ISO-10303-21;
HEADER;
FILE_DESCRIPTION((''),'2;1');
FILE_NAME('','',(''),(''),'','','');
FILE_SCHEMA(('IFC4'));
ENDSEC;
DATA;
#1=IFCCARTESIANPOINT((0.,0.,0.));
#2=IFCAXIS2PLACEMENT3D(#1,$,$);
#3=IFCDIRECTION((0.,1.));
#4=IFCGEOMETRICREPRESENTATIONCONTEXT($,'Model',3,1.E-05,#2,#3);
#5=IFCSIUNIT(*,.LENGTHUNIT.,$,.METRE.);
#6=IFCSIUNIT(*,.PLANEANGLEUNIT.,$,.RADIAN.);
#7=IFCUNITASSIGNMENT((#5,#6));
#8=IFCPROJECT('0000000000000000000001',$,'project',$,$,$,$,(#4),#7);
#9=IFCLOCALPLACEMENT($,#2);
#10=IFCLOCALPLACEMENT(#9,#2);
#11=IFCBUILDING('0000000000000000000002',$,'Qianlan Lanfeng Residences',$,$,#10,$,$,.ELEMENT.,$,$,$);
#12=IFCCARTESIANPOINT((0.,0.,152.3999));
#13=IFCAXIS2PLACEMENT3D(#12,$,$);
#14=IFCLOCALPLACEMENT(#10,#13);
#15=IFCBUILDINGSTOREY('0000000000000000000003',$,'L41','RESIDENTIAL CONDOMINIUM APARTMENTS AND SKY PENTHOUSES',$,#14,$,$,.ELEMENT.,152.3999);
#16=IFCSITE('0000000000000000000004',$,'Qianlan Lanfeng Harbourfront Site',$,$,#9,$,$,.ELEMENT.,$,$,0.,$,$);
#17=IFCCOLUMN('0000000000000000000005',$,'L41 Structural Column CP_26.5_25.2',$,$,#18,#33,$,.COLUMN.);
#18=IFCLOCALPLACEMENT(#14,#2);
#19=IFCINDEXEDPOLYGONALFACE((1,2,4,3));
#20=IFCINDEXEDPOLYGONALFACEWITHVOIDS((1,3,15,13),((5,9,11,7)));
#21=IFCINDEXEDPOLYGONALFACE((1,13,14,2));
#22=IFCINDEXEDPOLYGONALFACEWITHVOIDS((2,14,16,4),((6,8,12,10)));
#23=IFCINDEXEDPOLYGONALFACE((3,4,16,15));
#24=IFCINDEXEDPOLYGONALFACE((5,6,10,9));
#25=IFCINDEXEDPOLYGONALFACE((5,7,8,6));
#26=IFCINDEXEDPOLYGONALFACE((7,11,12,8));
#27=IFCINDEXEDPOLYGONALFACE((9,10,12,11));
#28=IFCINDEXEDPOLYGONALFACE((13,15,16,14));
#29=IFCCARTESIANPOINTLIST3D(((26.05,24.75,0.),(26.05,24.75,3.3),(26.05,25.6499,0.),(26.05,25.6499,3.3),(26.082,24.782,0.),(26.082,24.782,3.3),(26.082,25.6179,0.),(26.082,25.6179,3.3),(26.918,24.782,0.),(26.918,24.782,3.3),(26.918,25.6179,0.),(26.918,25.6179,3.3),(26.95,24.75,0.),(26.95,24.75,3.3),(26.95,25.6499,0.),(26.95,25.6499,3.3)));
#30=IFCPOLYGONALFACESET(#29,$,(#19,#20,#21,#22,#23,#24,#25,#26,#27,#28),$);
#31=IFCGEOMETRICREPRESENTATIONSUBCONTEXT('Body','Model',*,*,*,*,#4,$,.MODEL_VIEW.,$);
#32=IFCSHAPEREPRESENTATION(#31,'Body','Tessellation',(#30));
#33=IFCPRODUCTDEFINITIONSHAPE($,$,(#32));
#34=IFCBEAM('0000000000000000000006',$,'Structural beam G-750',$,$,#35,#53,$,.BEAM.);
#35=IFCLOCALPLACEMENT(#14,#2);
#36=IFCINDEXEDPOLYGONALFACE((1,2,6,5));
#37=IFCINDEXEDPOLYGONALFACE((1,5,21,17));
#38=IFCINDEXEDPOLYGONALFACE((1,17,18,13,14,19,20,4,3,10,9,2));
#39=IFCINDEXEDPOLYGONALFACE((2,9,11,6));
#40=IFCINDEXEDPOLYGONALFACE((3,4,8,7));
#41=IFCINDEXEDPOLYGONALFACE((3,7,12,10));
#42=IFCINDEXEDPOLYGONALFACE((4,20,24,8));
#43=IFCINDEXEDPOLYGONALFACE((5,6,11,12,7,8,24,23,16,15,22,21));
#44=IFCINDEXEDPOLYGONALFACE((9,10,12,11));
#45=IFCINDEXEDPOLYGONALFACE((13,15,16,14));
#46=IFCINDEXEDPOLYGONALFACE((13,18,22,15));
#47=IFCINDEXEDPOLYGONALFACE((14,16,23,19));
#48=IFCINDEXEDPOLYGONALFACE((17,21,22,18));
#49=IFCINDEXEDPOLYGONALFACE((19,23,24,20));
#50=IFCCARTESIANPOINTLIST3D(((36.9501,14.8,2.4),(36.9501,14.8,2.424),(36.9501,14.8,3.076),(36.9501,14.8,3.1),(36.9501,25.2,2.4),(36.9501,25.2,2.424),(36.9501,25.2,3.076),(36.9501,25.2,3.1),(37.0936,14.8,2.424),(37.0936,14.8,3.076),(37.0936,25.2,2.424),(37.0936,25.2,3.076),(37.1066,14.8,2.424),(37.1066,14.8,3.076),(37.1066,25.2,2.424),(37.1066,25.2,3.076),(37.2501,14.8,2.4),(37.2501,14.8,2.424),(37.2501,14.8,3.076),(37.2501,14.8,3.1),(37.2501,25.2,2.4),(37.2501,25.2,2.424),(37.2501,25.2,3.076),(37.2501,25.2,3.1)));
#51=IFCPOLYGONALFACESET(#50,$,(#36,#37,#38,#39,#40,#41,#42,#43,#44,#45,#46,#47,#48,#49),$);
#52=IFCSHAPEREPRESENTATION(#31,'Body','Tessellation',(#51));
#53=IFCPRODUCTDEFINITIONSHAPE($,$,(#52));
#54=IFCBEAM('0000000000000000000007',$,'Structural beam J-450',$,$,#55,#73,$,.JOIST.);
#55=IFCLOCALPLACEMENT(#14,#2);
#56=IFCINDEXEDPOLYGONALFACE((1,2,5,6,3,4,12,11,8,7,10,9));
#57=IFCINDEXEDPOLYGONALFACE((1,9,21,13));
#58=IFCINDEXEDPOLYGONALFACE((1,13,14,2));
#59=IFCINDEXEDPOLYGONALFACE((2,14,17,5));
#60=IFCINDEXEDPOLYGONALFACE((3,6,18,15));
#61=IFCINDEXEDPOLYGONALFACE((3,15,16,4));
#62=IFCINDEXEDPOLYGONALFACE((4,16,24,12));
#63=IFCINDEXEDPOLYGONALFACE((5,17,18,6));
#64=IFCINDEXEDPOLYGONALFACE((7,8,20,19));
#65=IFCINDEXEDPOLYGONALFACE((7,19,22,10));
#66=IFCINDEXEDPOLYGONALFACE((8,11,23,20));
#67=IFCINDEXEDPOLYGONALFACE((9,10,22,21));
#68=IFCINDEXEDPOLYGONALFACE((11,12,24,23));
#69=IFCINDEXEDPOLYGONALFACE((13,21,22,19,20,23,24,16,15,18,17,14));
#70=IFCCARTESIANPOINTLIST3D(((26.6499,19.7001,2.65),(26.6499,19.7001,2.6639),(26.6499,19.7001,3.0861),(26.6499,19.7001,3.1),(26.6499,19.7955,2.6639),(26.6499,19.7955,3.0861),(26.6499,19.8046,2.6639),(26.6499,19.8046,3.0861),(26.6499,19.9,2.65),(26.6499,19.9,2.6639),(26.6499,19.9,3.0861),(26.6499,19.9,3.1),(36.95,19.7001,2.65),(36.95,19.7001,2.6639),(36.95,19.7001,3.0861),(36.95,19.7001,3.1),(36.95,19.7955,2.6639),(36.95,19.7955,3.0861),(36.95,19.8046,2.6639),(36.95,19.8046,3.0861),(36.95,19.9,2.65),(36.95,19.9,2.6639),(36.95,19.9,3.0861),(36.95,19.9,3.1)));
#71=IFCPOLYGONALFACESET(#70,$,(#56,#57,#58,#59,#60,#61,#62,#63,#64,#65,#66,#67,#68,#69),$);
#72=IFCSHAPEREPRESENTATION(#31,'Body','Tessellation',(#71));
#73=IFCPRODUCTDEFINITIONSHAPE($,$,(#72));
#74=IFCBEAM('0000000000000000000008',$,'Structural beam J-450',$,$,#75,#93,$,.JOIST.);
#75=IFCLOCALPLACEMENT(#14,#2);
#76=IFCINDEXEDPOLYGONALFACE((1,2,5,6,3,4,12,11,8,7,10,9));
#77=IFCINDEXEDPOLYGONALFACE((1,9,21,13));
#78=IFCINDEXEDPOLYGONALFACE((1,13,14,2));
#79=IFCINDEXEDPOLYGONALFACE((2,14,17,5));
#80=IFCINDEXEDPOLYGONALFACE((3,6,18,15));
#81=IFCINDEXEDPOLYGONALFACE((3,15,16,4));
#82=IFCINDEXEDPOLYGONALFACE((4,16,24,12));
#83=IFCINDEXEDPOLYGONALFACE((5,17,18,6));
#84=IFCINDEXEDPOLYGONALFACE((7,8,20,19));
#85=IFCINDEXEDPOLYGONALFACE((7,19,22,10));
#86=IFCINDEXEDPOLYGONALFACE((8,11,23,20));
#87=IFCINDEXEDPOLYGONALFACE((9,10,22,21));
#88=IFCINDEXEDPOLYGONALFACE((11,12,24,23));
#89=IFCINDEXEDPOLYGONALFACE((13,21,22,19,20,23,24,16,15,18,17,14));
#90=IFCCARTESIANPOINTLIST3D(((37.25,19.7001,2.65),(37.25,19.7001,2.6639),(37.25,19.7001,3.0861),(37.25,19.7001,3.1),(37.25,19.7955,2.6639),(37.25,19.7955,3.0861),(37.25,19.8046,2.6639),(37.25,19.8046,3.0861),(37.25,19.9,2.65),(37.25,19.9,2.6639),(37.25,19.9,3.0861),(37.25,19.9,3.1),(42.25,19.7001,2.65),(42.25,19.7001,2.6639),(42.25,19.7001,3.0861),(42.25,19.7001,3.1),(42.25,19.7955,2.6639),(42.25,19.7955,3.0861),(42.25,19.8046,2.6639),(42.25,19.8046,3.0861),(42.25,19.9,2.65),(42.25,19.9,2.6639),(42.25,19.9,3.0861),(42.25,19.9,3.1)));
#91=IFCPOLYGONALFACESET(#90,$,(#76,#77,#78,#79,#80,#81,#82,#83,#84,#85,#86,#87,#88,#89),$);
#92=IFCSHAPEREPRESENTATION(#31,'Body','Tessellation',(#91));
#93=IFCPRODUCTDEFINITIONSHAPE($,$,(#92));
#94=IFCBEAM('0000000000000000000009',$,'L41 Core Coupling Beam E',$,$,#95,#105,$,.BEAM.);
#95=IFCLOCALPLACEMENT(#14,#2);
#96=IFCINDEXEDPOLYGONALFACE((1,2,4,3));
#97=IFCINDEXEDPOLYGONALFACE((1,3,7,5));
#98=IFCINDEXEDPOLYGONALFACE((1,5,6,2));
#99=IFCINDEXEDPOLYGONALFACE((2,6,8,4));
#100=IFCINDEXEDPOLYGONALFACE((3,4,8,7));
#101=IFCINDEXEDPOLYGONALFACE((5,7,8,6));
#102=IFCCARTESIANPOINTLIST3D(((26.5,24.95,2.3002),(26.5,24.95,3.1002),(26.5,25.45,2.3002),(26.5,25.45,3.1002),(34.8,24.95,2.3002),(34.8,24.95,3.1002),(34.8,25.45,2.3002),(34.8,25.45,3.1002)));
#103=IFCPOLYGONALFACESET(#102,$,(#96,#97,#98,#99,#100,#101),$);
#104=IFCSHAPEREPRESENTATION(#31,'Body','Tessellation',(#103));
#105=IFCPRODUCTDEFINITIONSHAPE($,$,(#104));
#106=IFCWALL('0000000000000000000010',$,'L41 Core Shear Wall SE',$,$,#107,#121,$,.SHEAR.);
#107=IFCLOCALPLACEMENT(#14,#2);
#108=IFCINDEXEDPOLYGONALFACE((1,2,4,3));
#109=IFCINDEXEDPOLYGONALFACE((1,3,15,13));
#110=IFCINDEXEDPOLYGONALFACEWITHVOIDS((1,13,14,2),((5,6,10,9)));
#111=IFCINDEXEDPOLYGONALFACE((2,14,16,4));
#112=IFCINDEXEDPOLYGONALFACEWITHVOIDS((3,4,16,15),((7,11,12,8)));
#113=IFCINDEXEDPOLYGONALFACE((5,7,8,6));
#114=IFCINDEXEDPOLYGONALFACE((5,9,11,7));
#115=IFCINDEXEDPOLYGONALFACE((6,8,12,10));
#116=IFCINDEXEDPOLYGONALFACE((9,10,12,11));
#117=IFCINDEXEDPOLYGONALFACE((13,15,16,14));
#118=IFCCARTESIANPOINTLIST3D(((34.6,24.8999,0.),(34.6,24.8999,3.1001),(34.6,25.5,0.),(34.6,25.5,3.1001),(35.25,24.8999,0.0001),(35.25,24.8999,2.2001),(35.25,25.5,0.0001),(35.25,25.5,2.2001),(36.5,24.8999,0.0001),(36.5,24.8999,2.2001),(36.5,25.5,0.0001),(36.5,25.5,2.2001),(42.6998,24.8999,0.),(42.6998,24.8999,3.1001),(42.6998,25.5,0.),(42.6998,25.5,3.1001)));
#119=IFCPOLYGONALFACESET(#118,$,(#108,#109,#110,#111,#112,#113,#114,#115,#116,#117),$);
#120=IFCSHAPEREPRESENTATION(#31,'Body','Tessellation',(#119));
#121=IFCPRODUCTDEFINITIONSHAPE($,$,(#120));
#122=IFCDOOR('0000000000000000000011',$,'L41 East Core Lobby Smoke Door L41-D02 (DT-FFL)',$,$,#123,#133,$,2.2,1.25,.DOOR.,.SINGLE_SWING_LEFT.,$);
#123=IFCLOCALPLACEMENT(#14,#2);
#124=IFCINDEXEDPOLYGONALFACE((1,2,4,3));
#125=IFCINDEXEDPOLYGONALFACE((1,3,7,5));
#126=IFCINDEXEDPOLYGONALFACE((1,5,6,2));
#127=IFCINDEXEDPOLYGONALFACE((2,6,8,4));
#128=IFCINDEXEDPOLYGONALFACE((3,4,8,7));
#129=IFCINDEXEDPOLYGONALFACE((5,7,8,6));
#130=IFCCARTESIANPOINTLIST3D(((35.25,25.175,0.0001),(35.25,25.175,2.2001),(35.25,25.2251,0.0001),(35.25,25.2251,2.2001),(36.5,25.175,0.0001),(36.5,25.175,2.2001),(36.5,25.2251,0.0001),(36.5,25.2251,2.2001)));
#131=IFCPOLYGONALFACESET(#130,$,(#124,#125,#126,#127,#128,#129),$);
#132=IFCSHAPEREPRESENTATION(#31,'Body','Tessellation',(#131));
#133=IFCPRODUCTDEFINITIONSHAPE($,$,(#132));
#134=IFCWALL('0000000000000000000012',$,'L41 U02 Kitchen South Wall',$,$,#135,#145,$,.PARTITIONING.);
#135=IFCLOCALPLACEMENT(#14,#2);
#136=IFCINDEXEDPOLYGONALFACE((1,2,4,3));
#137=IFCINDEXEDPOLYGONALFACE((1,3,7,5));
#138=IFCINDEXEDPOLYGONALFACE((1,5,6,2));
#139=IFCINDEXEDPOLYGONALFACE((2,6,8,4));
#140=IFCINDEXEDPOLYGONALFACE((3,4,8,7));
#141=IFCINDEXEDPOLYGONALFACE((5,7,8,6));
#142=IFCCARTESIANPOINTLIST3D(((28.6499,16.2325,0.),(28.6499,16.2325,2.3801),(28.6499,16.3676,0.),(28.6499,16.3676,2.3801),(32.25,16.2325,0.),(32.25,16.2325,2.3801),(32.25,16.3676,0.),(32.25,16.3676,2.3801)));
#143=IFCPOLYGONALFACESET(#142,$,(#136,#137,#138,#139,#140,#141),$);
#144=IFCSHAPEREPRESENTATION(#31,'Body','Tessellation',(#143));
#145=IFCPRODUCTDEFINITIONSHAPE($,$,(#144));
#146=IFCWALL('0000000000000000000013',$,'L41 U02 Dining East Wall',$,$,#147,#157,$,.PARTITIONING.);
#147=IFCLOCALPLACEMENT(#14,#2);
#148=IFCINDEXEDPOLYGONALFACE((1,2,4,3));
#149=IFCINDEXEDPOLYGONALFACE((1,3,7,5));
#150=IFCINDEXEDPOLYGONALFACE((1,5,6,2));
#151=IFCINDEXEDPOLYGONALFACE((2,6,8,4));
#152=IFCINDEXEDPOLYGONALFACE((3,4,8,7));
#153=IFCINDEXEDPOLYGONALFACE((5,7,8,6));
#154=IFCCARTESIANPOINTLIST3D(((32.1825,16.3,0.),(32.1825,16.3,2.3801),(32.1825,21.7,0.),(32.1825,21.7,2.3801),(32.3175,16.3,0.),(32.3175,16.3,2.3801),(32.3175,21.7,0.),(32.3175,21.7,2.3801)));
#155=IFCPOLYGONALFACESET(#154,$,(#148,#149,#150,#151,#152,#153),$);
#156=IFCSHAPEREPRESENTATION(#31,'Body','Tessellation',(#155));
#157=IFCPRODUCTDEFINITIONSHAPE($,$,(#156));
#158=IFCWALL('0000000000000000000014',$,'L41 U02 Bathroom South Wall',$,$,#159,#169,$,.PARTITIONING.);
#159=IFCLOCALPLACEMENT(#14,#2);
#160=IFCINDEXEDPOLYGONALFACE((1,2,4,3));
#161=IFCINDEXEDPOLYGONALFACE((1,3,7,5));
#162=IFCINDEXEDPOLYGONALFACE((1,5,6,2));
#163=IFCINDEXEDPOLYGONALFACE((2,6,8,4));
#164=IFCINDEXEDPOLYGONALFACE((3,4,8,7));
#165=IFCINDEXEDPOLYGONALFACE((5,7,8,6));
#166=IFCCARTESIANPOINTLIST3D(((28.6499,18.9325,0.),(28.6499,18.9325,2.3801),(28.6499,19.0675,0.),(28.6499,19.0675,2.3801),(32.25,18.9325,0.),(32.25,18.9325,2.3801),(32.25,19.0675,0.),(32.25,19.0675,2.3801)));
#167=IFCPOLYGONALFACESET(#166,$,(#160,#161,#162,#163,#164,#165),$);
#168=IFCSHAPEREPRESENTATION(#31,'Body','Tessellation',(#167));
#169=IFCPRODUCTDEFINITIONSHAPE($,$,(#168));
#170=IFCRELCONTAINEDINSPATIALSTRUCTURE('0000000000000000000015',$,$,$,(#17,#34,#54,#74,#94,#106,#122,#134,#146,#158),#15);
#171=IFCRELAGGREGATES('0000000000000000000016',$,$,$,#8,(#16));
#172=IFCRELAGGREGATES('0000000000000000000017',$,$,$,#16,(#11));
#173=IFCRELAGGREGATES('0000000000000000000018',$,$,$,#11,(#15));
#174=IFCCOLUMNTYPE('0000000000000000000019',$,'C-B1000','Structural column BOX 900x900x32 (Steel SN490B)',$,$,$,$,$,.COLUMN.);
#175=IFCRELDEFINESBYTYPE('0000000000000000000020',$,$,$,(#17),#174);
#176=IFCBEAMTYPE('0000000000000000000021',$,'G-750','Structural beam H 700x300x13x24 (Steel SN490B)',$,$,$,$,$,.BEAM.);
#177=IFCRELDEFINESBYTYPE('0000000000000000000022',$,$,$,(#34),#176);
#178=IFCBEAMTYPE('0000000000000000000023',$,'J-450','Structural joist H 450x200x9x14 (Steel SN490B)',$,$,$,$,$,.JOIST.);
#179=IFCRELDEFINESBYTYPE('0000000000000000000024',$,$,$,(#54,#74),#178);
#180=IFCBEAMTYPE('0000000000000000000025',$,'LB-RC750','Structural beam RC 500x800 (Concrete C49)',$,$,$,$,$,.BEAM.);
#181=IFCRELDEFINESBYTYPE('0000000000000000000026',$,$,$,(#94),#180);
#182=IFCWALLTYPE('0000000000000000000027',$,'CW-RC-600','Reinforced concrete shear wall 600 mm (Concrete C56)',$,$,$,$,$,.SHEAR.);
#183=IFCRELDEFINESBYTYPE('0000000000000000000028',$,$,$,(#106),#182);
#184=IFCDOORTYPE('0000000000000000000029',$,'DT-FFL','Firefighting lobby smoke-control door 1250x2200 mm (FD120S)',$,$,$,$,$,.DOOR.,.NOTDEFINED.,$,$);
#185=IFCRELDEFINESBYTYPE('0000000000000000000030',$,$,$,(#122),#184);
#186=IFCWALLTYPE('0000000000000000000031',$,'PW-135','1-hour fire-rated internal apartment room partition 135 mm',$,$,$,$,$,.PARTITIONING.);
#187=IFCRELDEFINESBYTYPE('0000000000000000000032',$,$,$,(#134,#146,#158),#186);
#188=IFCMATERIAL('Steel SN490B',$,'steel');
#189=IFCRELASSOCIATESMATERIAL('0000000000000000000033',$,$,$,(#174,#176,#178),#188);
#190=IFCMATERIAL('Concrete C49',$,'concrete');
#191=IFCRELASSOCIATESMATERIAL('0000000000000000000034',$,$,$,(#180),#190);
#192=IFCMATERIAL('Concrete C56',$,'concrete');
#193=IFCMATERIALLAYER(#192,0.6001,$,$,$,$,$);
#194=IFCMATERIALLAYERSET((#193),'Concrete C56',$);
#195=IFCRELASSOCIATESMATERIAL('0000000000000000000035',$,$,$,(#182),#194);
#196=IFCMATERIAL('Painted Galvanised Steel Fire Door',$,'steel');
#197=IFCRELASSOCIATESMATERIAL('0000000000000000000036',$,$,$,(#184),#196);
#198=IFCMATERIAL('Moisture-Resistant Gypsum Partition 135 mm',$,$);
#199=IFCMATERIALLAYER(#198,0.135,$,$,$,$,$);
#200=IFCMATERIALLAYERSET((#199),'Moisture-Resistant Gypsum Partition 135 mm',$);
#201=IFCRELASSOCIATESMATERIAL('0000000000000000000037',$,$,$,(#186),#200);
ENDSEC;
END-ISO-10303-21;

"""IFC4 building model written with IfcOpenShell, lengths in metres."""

from ifc_helpers import new_model, si_unit, direction, frame, frame_2d, origin, origin_2d, place, context, subcontext, project, spatial, rectangle, hollow_rectangle, i_section, extrude, material, layer, layer_set, material_profile, profile_set, type_object, element, fill, save


model = new_model("IFC4")

# Units and contexts
model_context = context("Model", 3, precision=1e-05, world=origin(), true_north=direction((0.0, 1.0)))
body_context = subcontext(model_context, "Body", "Model", "MODEL_VIEW")
ifc_project = project(units=[si_unit("LENGTHUNIT", "METRE"), si_unit("PLANEANGLEUNIT", "RADIAN")], contexts=[model_context])

# Site, building, storey
site_placement = place(None, origin())
site = spatial("IfcSite", under=ifc_project, at=site_placement, Name="Qianlan Lanfeng Harbourfront Site", CompositionType="ELEMENT", RefElevation=0.0)
building_placement = place(site_placement, origin())
building = spatial("IfcBuilding", under=site, at=building_placement, Name="Qianlan Lanfeng Residences", CompositionType="ELEMENT")
storey_placement = place(building_placement, frame((0.0, 0.0, 152.3999)))
storey = spatial("IfcBuildingStorey", under=building, at=storey_placement, Name="L41", Description="RESIDENTIAL CONDOMINIUM APARTMENTS AND SKY PENTHOUSES", CompositionType="ELEMENT", Elevation=152.3999)

# Column
ifc_material_1 = material(Name="Steel SN490B", Category="steel")
ifc_material_profile_1 = material_profile(ifc_material_1, hollow_rectangle(XDim=0.8999, YDim=0.8999, WallThickness=0.032, at=origin_2d()), Name="BOX 900x900x32")
ifc_profile_set_1 = profile_set([ifc_material_profile_1], Name="Steel SN490B")
column_type = type_object("IfcColumnType", Name="C-B1000", Description="Structural column BOX 900x900x32 (Steel SN490B)", PredefinedType="COLUMN", material=ifc_profile_set_1)
column_placement = place(storey_placement, frame((26.5, 25.2, 0.0), z_axis=(0.0, 0.0, 1.0), x_axis=(1.0, 0.0, 0.0)))
element("IfcColumn", 1, at=column_placement, inside=storey, type_object=column_type, Name="L41 Structural Column CP_26.5_25.2", PredefinedType="COLUMN", context=body_context, shape_type="SweptSolid", body=[
    extrude(hollow_rectangle(XDim=0.8999, YDim=0.8999, WallThickness=0.032, at=origin_2d()), origin(), (0.0, 0.0, 1.0), 3.3),
])

# Beams
ifc_material_profile_2 = material_profile(ifc_material_1, i_section(OverallWidth=0.3, OverallDepth=0.7, WebThickness=0.0129, FlangeThickness=0.0239, at=origin_2d()), Name="H 700x300x13x24")
ifc_profile_set_2 = profile_set([ifc_material_profile_2], Name="Steel SN490B")
beam_type_1 = type_object("IfcBeamType", Name="G-750", Description="Structural beam H 700x300x13x24 (Steel SN490B)", PredefinedType="BEAM", material=ifc_profile_set_2)
beam_1_placement = place(storey_placement, frame((37.1001, 14.8, 2.75), z_axis=(0.0, 1.0, 0.0), x_axis=(-1.0, 0.0, 0.0)))
element("IfcBeam", 2, at=beam_1_placement, inside=storey, type_object=beam_type_1, Name="Structural beam G-750", PredefinedType="BEAM", context=body_context, shape_type="SweptSolid", body=[
    extrude(i_section(OverallWidth=0.3, OverallDepth=0.7, WebThickness=0.0129, FlangeThickness=0.0239, at=origin_2d()), origin(), (0.0, 0.0, 1.0), 10.3999),
])
ifc_material_profile_3 = material_profile(ifc_material_1, i_section(OverallWidth=0.2, OverallDepth=0.45, WebThickness=0.009, FlangeThickness=0.0139, at=origin_2d()), Name="H 450x200x9x14")
ifc_profile_set_3 = profile_set([ifc_material_profile_3], Name="Steel SN490B")
beam_type_2 = type_object("IfcBeamType", Name="J-450", Description="Structural joist H 450x200x9x14 (Steel SN490B)", PredefinedType="JOIST", material=ifc_profile_set_3)
beam_2_placement = place(storey_placement, frame((26.6499, 19.8, 2.875), z_axis=(1.0, 0.0, 0.0), x_axis=(0.0, 1.0, 0.0)))
element("IfcBeam", 3, at=beam_2_placement, inside=storey, type_object=beam_type_2, Name="Structural beam J-450", PredefinedType="JOIST", context=body_context, shape_type="SweptSolid", body=[
    extrude(i_section(OverallWidth=0.2, OverallDepth=0.45, WebThickness=0.009, FlangeThickness=0.0139, at=origin_2d()), origin(), (0.0, 0.0, 1.0), 10.3),
])
beam_3_placement = place(storey_placement, frame((37.25, 19.8, 2.875), z_axis=(1.0, 0.0, 0.0), x_axis=(0.0, 1.0, 0.0)))
element("IfcBeam", 4, at=beam_3_placement, inside=storey, type_object=beam_type_2, Name="Structural beam J-450", PredefinedType="JOIST", context=body_context, shape_type="SweptSolid", body=[
    extrude(i_section(OverallWidth=0.2, OverallDepth=0.45, WebThickness=0.009, FlangeThickness=0.0139, at=origin_2d()), origin(), (0.0, 0.0, 1.0), 5.0),
])
ifc_material_2 = material(Name="Concrete C49", Category="concrete")
ifc_material_profile_4 = material_profile(ifc_material_2, rectangle(XDim=0.5, YDim=0.8, at=origin_2d()), Name="RC 500x800")
ifc_profile_set_4 = profile_set([ifc_material_profile_4], Name="Concrete C49")
beam_type_3 = type_object("IfcBeamType", Name="LB-RC750", Description="Structural beam RC 500x800 (Concrete C49)", PredefinedType="BEAM", material=ifc_profile_set_4)
beam_4_placement = place(storey_placement, frame((26.5, 25.2, 2.7002), z_axis=(1.0, 0.0, 0.0), x_axis=(0.0, 1.0, 0.0)))
element("IfcBeam", 5, at=beam_4_placement, inside=storey, type_object=beam_type_3, Name="L41 Core Coupling Beam E", PredefinedType="BEAM", context=body_context, shape_type="SweptSolid", body=[
    extrude(rectangle(XDim=0.5, YDim=0.8, at=origin_2d()), origin(), (0.0, 0.0, 1.0), 8.3),
])

# Wall, opening, door
ifc_material_3 = material(Name="Concrete C56", Category="concrete")
ifc_layer_1 = layer(ifc_material_3, 0.6001)
ifc_layer_set_1 = layer_set([ifc_layer_1], Name="Concrete C56")
wall_type_1 = type_object("IfcWallType", Name="CW-RC-600", Description="Reinforced concrete shear wall 600 mm (Concrete C56)", PredefinedType="SHEAR", material=ifc_layer_set_1)
wall_1_placement = place(storey_placement, frame((34.6001, 25.2, 0.0), z_axis=(0.0, 0.0, 1.0), x_axis=(1.0, 0.0, 0.0)))
wall_1 = element("IfcWall", 6, at=wall_1_placement, inside=storey, type_object=wall_type_1, Name="L41 Core Shear Wall SE", PredefinedType="SHEAR", context=body_context, shape_type="SweptSolid", body=[
    extrude(rectangle(XDim=8.0999, YDim=0.6001, at=frame_2d((4.0498, 0.0))), origin(), (0.0, 0.0, 1.0), 3.1001),
])
opening_1_placement = place(wall_1_placement, frame((0.6499, 0.0, 0.0)))
opening_1 = element("IfcOpeningElement", 7, at=opening_1_placement, cuts=wall_1, PredefinedType="OPENING", context=body_context, shape_type="SweptSolid", body=[
    extrude(rectangle(XDim=1.25, YDim=2.2, at=frame_2d((0.625, 1.1001))), frame((0.0, 0.3101, 0.0), z_axis=(0.0, -1.0, 0.0), x_axis=(1.0, 0.0, 0.0)), (0.0, 0.0, 1.0), 0.6201),
])
ifc_material_4 = material(Name="Painted Galvanised Steel Fire Door", Category="steel")
door_type_1 = type_object("IfcDoorType", Name="DT-FFL", Description="Firefighting lobby smoke-control door 1250x2200 mm (FD120S)", OperationType="NOTDEFINED", PredefinedType="DOOR", material=ifc_material_4)
door_1_placement = place(opening_1_placement, frame((1.25, 0.0, 0.0), z_axis=(0.0, 0.0, 1.0), x_axis=(-1.0, 0.0, 0.0)))
door_1 = element("IfcDoor", 8, at=door_1_placement, inside=storey, type_object=door_type_1, Name="L41 East Core Lobby Smoke Door L41-D02 (DT-FFL)", OperationType="SINGLE_SWING_LEFT", OverallHeight=2.2, OverallWidth=1.25, PredefinedType="DOOR", context=body_context, shape_type="SweptSolid", body=[
    extrude(rectangle(XDim=1.25, YDim=2.2, at=frame_2d((0.625, 1.1001))), frame((0.0, 0.0249, 0.0), z_axis=(0.0, -1.0, 0.0), x_axis=(1.0, 0.0, 0.0)), (0.0, 0.0, 1.0), 0.05),
])
fill(opening_1, door_1)

# Walls
ifc_material_5 = material(Name="Moisture-Resistant Gypsum Partition 135 mm")
ifc_layer_2 = layer(ifc_material_5, 0.135)
ifc_layer_set_2 = layer_set([ifc_layer_2], Name="Moisture-Resistant Gypsum Partition 135 mm")
wall_type_2 = type_object("IfcWallType", Name="PW-135", Description="1-hour fire-rated internal apartment room partition 135 mm", PredefinedType="PARTITIONING", material=ifc_layer_set_2)
wall_2_placement = place(storey_placement, frame((28.6499, 16.3, 0.0), z_axis=(0.0, 0.0, 1.0), x_axis=(1.0, 0.0, 0.0)))
element("IfcWall", 9, at=wall_2_placement, inside=storey, type_object=wall_type_2, Name="L41 U02 Kitchen South Wall", PredefinedType="PARTITIONING", context=body_context, shape_type="SweptSolid", body=[
    extrude(rectangle(XDim=3.6001, YDim=0.135, at=frame_2d((1.8, 0.0))), origin(), (0.0, 0.0, 1.0), 2.3801),
])
wall_3_placement = place(storey_placement, frame((32.25, 16.3, 0.0), z_axis=(0.0, 0.0, 1.0), x_axis=(0.0, 1.0, 0.0)))
element("IfcWall", 10, at=wall_3_placement, inside=storey, type_object=wall_type_2, Name="L41 U02 Dining East Wall", PredefinedType="PARTITIONING", context=body_context, shape_type="SweptSolid", body=[
    extrude(rectangle(XDim=5.3999, YDim=0.135, at=frame_2d((2.7, 0.0))), origin(), (0.0, 0.0, 1.0), 2.3801),
])
wall_4_placement = place(storey_placement, frame((28.6499, 19.0, 0.0), z_axis=(0.0, 0.0, 1.0), x_axis=(1.0, 0.0, 0.0)))
element("IfcWall", 11, at=wall_4_placement, inside=storey, type_object=wall_type_2, Name="L41 U02 Bathroom South Wall", PredefinedType="PARTITIONING", context=body_context, shape_type="SweptSolid", body=[
    extrude(rectangle(XDim=3.6001, YDim=0.135, at=frame_2d((1.8, 0.0))), origin(), (0.0, 0.0, 1.0), 2.3801),
])

save(model, "model.ifc")
